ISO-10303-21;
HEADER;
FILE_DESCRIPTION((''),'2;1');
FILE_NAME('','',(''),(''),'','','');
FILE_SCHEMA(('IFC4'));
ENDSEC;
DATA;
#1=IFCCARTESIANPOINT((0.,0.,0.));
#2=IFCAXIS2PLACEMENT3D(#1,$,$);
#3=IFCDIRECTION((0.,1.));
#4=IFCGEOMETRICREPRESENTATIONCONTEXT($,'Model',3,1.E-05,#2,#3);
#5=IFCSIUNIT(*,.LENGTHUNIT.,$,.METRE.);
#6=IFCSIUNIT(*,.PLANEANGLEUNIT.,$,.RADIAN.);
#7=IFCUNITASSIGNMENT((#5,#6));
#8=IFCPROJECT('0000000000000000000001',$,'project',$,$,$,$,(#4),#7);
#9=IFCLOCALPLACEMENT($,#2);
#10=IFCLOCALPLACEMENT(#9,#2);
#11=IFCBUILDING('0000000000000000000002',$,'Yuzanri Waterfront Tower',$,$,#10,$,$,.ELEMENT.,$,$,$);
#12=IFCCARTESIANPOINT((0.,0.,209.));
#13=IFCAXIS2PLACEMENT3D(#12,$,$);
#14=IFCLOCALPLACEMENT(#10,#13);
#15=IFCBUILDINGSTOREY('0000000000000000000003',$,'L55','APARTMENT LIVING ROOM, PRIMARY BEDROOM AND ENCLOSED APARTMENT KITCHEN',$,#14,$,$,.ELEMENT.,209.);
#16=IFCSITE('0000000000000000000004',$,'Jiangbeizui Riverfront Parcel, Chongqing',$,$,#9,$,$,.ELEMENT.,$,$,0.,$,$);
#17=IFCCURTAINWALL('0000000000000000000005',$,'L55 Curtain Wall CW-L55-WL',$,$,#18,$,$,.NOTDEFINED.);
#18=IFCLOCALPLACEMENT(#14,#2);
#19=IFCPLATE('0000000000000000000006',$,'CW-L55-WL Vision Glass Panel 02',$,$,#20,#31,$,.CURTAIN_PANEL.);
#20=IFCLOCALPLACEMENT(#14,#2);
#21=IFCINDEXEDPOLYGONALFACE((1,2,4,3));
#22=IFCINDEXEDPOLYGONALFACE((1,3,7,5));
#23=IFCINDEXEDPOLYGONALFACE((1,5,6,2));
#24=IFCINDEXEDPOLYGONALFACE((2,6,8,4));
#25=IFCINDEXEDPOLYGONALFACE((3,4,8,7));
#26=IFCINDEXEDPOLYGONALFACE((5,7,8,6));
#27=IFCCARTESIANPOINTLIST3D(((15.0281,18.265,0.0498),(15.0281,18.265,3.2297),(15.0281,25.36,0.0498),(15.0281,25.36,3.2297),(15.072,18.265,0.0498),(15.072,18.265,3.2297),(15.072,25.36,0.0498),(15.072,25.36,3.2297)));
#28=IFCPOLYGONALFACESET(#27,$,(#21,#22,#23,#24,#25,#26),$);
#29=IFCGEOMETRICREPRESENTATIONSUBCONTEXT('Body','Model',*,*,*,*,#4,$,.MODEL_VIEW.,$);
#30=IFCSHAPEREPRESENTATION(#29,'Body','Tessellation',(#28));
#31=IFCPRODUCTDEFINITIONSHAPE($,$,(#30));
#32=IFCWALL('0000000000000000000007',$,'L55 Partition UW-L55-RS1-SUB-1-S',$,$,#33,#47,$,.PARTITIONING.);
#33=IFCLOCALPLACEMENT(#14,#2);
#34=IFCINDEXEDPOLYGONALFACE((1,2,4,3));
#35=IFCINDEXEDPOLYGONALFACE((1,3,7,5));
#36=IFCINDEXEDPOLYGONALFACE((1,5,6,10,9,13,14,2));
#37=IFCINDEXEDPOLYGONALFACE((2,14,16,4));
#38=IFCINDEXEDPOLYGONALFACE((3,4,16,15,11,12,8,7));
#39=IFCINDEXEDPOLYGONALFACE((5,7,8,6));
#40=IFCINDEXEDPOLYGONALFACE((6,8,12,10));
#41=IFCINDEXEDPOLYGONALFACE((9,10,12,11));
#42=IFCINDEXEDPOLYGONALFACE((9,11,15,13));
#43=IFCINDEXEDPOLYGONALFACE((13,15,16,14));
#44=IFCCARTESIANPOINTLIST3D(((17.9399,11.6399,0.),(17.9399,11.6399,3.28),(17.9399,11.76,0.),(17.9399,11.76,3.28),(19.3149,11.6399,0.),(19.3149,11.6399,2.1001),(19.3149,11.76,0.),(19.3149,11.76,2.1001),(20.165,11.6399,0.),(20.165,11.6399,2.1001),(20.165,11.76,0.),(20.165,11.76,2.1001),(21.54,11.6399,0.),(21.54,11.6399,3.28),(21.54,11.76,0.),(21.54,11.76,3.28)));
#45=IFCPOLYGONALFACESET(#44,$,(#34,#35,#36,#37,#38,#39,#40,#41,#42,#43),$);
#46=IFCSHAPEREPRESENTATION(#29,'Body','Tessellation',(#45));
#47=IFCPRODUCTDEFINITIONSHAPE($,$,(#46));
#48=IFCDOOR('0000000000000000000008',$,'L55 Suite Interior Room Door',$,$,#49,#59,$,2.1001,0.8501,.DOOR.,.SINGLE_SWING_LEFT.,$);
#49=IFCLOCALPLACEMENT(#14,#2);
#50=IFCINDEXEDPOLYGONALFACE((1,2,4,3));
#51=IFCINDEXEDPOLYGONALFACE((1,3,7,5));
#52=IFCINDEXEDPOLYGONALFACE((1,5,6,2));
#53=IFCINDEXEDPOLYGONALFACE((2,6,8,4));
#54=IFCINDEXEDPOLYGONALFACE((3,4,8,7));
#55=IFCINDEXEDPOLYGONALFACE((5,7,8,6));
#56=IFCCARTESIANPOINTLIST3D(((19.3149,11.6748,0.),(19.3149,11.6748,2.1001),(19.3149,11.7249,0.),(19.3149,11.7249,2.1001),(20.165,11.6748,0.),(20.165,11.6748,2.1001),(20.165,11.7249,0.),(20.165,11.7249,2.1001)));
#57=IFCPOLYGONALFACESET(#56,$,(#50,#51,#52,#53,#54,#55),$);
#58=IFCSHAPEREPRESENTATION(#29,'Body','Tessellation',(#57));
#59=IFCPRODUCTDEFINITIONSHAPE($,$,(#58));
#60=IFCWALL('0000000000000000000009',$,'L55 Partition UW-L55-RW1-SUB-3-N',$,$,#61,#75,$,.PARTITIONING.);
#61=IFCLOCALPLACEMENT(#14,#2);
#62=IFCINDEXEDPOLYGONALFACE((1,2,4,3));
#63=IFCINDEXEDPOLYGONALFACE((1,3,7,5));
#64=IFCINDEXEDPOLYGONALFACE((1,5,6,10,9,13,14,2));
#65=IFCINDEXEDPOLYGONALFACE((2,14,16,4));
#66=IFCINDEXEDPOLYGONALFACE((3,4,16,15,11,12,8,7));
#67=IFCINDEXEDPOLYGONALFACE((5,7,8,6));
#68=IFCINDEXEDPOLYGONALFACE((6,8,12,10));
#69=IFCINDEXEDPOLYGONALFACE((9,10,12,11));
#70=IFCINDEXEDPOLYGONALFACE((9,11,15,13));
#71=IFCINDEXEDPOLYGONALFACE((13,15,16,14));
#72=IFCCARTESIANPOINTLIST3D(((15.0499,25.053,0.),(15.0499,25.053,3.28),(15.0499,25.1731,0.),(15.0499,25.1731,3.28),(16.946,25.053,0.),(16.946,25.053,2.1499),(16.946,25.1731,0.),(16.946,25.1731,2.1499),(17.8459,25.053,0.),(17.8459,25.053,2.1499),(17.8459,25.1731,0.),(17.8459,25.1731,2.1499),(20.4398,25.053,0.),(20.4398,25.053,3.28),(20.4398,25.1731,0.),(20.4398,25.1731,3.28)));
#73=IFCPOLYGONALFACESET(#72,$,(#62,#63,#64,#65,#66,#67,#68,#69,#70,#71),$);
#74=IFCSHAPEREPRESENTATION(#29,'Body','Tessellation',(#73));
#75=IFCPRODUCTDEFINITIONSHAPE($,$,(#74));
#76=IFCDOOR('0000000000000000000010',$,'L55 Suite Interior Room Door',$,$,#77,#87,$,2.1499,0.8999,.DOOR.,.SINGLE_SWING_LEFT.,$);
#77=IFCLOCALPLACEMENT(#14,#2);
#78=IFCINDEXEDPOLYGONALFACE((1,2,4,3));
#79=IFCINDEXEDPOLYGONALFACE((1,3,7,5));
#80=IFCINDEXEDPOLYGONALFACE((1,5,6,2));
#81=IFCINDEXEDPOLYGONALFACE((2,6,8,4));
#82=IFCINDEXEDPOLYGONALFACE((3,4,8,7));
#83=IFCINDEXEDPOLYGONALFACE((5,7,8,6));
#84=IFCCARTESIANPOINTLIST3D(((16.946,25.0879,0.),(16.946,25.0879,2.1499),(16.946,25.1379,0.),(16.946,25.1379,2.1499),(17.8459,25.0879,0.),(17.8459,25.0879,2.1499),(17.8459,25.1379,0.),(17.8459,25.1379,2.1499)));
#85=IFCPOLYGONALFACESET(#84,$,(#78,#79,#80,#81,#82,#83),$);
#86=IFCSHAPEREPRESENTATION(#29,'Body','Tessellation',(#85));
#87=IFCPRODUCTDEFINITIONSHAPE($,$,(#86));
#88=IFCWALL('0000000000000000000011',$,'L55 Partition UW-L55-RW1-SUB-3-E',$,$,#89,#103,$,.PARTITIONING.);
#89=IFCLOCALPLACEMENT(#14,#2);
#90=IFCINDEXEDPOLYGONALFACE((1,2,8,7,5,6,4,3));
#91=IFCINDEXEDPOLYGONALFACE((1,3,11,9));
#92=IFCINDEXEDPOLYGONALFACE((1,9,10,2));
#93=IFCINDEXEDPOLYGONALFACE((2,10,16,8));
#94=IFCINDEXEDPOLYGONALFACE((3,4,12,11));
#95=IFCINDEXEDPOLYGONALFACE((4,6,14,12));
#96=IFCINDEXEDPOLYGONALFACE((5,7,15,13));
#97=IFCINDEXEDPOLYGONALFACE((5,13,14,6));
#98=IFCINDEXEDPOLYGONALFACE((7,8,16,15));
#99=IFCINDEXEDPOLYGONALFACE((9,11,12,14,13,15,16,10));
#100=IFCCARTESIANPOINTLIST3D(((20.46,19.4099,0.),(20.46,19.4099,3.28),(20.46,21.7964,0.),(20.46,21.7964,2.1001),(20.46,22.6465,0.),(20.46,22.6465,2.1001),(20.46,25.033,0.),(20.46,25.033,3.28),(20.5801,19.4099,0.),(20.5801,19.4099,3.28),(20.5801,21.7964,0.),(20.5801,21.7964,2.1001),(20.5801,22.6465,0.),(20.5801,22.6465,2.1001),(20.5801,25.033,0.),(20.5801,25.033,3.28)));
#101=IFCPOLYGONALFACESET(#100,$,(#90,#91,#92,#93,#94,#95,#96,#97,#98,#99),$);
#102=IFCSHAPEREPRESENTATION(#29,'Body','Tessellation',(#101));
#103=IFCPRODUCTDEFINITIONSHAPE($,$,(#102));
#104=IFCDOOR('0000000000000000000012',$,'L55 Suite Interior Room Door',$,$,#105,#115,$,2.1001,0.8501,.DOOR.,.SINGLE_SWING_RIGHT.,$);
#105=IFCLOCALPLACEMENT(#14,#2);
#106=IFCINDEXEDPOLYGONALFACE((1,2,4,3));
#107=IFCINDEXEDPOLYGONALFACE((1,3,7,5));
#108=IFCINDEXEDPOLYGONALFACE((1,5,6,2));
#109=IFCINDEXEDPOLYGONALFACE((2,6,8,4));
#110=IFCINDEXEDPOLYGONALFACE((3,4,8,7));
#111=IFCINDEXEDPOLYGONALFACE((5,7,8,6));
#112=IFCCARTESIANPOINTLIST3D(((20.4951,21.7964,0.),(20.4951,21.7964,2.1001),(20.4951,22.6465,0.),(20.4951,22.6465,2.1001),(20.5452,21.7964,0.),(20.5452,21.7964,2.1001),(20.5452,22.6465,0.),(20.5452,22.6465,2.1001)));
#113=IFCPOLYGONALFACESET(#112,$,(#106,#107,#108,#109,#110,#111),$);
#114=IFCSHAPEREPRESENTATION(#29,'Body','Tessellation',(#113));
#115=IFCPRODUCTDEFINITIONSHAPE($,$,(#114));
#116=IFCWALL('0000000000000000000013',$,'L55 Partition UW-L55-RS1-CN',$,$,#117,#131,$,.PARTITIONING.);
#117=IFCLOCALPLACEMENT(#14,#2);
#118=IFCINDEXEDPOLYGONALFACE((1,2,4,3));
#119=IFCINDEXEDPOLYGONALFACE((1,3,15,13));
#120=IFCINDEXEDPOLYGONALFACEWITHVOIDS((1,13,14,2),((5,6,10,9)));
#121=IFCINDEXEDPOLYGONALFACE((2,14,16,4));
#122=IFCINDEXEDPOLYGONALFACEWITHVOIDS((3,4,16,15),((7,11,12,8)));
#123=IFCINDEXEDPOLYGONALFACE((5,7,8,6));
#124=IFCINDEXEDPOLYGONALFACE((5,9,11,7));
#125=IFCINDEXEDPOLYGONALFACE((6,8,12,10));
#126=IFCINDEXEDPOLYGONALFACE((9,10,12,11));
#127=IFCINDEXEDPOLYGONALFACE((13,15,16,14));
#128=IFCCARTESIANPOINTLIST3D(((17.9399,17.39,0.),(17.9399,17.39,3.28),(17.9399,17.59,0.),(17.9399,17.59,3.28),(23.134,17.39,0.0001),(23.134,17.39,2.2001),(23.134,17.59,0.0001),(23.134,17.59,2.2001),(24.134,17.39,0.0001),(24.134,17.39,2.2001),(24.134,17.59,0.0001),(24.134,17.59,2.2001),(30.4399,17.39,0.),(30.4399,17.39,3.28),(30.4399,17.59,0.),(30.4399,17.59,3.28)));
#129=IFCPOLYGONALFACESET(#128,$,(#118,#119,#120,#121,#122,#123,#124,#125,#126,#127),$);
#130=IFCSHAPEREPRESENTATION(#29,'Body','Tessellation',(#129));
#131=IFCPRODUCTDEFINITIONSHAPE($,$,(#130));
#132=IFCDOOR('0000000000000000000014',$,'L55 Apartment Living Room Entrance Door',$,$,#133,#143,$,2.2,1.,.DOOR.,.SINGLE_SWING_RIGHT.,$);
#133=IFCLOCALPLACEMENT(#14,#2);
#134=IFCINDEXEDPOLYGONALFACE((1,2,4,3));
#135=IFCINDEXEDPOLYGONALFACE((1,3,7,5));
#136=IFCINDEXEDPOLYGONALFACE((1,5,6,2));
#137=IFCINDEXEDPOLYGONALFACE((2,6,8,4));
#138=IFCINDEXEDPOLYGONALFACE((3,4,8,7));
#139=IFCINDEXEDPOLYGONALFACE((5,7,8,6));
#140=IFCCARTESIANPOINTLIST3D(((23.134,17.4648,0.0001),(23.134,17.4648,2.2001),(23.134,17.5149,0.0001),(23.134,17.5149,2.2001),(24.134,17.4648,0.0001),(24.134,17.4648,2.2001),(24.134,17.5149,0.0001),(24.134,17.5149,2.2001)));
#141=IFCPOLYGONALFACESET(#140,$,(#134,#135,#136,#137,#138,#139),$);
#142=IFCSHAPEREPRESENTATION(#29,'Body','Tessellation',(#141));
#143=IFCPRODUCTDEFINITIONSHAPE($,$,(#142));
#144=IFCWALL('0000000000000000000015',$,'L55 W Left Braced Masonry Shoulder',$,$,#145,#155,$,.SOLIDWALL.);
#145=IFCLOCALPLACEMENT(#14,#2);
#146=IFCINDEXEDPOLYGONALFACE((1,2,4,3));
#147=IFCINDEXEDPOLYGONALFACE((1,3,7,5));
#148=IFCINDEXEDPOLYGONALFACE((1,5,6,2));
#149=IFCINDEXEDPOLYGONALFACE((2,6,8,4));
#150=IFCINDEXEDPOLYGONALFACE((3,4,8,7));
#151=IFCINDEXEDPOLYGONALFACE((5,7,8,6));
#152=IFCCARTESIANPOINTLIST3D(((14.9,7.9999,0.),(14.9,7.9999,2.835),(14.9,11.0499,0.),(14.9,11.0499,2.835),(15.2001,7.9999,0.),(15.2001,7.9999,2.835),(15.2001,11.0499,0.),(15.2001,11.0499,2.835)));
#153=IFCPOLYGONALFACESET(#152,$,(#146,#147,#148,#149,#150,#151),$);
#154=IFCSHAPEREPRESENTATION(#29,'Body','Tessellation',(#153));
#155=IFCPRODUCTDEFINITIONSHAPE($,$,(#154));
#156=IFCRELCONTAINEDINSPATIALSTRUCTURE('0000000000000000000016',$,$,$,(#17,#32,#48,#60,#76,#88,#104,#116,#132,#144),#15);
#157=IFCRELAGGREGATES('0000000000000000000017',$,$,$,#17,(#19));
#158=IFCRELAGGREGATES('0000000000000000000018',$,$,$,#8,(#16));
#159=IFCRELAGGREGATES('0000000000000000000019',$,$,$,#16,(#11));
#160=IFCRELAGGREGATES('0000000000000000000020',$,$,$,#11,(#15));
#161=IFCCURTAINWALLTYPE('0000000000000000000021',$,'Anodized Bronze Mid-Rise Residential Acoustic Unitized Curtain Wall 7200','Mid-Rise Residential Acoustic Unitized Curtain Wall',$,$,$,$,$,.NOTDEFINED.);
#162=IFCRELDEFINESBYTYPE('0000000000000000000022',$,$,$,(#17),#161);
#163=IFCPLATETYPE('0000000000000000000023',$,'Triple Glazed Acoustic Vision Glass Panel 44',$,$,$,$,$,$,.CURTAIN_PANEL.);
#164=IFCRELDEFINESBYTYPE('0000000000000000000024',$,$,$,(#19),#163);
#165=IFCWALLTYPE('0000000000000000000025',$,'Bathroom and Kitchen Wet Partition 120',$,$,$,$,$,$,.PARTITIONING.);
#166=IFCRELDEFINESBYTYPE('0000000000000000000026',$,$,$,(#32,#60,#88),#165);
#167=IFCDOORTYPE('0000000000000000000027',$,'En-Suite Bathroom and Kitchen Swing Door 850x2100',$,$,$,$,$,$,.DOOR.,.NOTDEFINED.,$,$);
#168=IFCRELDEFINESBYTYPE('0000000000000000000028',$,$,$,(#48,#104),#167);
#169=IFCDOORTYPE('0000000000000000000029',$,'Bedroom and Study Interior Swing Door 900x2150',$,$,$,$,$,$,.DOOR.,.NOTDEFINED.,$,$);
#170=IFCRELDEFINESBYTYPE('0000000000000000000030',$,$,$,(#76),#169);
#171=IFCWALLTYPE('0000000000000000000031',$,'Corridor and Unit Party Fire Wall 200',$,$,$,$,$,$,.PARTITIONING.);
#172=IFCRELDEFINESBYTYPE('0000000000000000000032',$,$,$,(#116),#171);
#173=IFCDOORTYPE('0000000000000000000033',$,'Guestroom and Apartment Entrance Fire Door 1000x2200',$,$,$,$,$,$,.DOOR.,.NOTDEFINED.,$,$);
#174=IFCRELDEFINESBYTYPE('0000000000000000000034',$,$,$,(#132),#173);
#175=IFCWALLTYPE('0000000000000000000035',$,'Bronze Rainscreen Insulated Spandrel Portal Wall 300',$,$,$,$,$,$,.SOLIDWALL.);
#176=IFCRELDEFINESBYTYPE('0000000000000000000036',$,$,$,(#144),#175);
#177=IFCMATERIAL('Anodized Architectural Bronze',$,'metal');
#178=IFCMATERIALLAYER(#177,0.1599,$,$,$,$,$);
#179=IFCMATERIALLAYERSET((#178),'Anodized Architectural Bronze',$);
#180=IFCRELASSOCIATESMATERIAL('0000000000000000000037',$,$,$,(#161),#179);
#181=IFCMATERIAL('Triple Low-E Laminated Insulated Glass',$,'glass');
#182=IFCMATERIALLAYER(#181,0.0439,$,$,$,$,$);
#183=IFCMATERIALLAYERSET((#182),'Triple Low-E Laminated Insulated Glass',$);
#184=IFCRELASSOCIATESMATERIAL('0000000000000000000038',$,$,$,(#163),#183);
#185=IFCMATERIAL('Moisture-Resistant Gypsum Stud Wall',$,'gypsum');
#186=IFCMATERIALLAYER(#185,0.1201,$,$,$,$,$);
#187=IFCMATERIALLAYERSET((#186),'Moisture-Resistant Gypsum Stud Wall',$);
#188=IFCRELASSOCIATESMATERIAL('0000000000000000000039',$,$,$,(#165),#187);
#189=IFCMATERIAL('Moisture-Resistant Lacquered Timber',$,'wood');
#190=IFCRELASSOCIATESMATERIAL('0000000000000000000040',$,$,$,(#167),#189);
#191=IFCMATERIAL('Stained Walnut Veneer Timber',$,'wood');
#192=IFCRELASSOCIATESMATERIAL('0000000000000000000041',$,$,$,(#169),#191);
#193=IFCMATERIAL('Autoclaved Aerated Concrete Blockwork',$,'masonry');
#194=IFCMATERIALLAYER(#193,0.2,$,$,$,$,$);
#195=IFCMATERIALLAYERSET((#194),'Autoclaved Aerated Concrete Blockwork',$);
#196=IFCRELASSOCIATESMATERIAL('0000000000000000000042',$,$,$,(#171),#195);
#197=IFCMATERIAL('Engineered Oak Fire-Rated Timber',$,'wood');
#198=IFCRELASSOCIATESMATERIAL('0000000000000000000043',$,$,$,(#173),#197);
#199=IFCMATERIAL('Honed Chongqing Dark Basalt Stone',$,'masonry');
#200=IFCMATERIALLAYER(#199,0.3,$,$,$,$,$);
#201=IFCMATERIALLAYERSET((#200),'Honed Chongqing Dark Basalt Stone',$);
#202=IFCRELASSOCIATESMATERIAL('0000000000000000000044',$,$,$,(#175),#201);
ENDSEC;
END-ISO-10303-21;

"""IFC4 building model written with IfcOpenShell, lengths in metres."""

from ifc_helpers import new_model, si_unit, direction, frame, frame_2d, origin, origin_2d, place, context, subcontext, project, spatial, rectangle, extrude, source, transform, mapped, material, layer, layer_set, type_object, element, fill, aggregate, save


model = new_model("IFC4")

# Units and contexts
model_context = context("Model", 3, precision=1e-05, world=origin(), true_north=direction((0.0, 1.0)))
body_context = subcontext(model_context, "Body", "Model", "MODEL_VIEW")
ifc_project = project(units=[si_unit("LENGTHUNIT", "METRE"), si_unit("PLANEANGLEUNIT", "RADIAN")], contexts=[model_context])

# Site, building, storey
site_placement = place(None, origin())
site = spatial("IfcSite", under=ifc_project, at=site_placement, Name="Jiangbeizui Riverfront Parcel, Chongqing", CompositionType="ELEMENT", RefElevation=0.0)
building_placement = place(site_placement, origin())
building = spatial("IfcBuilding", under=site, at=building_placement, Name="Yuzanri Waterfront Tower", CompositionType="ELEMENT")
storey_placement = place(building_placement, frame((0.0, 0.0, 209.0)))
storey = spatial("IfcBuildingStorey", under=building, at=storey_placement, Name="L55", Description="APARTMENT LIVING ROOM, PRIMARY BEDROOM AND ENCLOSED APARTMENT KITCHEN", CompositionType="ELEMENT", Elevation=209.0)

# Curtain wall
ifc_material_1 = material(Name="Anodized Architectural Bronze", Category="metal")
ifc_layer_1 = layer(ifc_material_1, 0.1599)
ifc_layer_set_1 = layer_set([ifc_layer_1], Name="Anodized Architectural Bronze")
curtain_wall_type = type_object("IfcCurtainWallType", Name="Anodized Bronze Mid-Rise Residential Acoustic Unitized Curtain Wall 7200", Description="Mid-Rise Residential Acoustic Unitized Curtain Wall", PredefinedType="NOTDEFINED", material=ifc_layer_set_1)
curtain_wall_placement = place(storey_placement, origin())
curtain_wall = element("IfcCurtainWall", 1, at=curtain_wall_placement, inside=storey, type_object=curtain_wall_type, Name="L55 Curtain Wall CW-L55-WL", PredefinedType="NOTDEFINED")

# Plate
ifc_material_2 = material(Name="Triple Low-E Laminated Insulated Glass", Category="glass")
ifc_layer_2 = layer(ifc_material_2, 0.0439)
ifc_layer_set_2 = layer_set([ifc_layer_2], Name="Triple Low-E Laminated Insulated Glass")
plate_type_1 = type_object("IfcPlateType", Name="Triple Glazed Acoustic Vision Glass Panel 44", PredefinedType="CURTAIN_PANEL", material=ifc_layer_set_2)
shared_shape_1 = source(origin(), body_context, "Body", "SweptSolid", [
    extrude(rectangle(XDim=7.095, YDim=0.0439, at=origin_2d()), origin(), (0.0, 0.0, 1.0), 3.1799),
])
plate_1_placement = place(storey_placement, frame((15.05, 21.8125, 0.0498), z_axis=(0.0, 0.0, 1.0), x_axis=(0.0, 1.0, 0.0)))
plate_1 = element("IfcPlate", 2, at=plate_1_placement, type_object=plate_type_1, Name="CW-L55-WL Vision Glass Panel 02", PredefinedType="CURTAIN_PANEL", context=body_context, shape_type="MappedRepresentation", body=[
    mapped(shared_shape_1, transform((0.0, 0.0, 0.0), scale=1.0)),
])
aggregate(curtain_wall, [plate_1])

# Walls, openings, doors
ifc_material_3 = material(Name="Moisture-Resistant Gypsum Stud Wall", Category="gypsum")
ifc_layer_3 = layer(ifc_material_3, 0.1201)
ifc_layer_set_3 = layer_set([ifc_layer_3], Name="Moisture-Resistant Gypsum Stud Wall")
wall_type_1 = type_object("IfcWallType", Name="Bathroom and Kitchen Wet Partition 120", PredefinedType="PARTITIONING", material=ifc_layer_set_3)
wall_1_placement = place(storey_placement, frame((17.9399, 11.7, 0.0), z_axis=(0.0, 0.0, 1.0), x_axis=(1.0, 0.0, 0.0)))
wall_1 = element("IfcWall", 3, at=wall_1_placement, inside=storey, type_object=wall_type_1, Name="L55 Partition UW-L55-RS1-SUB-1-S", PredefinedType="PARTITIONING", context=body_context, shape_type="SweptSolid", body=[
    extrude(rectangle(XDim=3.6001, YDim=0.1201, at=frame_2d((1.8, 0.0))), origin(), (0.0, 0.0, 1.0), 3.28),
])
opening_1_placement = place(wall_1_placement, frame((1.375, 0.0, 0.0)))
opening_1 = element("IfcOpeningElement", 4, at=opening_1_placement, cuts=wall_1, PredefinedType="OPENING", context=body_context, shape_type="SweptSolid", body=[
    extrude(rectangle(XDim=0.8501, YDim=2.1001, at=frame_2d((0.425, 1.05))), frame((0.0, 0.075, 0.0), z_axis=(0.0, -1.0, 0.0), x_axis=(1.0, 0.0, 0.0)), (0.0, 0.0, 1.0), 0.1499),
])
ifc_material_4 = material(Name="Moisture-Resistant Lacquered Timber", Category="wood")
door_type_1 = type_object("IfcDoorType", Name="En-Suite Bathroom and Kitchen Swing Door 850x2100", OperationType="NOTDEFINED", PredefinedType="DOOR", material=ifc_material_4)
shared_shape_2 = source(origin(), body_context, "Body", "SweptSolid", [
    extrude(rectangle(XDim=0.8501, YDim=2.1001, at=frame_2d((0.425, 1.05))), frame((0.0, 0.0249, 0.0), z_axis=(0.0, -1.0, 0.0), x_axis=(1.0, 0.0, 0.0)), (0.0, 0.0, 1.0), 0.05),
])
door_1_placement = place(opening_1_placement, origin())
door_1 = element("IfcDoor", 5, at=door_1_placement, inside=storey, type_object=door_type_1, Name="L55 Suite Interior Room Door", OperationType="SINGLE_SWING_LEFT", OverallHeight=2.1001, OverallWidth=0.8501, PredefinedType="DOOR", context=body_context, shape_type="MappedRepresentation", body=[
    mapped(shared_shape_2, transform((0.0, 0.0, 0.0), scale=1.0)),
])
fill(opening_1, door_1)
wall_2_placement = place(storey_placement, frame((15.05, 25.113, 0.0), z_axis=(0.0, 0.0, 1.0), x_axis=(1.0, 0.0, 0.0)))
wall_2 = element("IfcWall", 6, at=wall_2_placement, inside=storey, type_object=wall_type_1, Name="L55 Partition UW-L55-RW1-SUB-3-N", PredefinedType="PARTITIONING", context=body_context, shape_type="SweptSolid", body=[
    extrude(rectangle(XDim=5.3899, YDim=0.1201, at=frame_2d((2.6948, 0.0))), origin(), (0.0, 0.0, 1.0), 3.28),
])
opening_2_placement = place(wall_2_placement, frame((1.896, 0.0, 0.0)))
opening_2 = element("IfcOpeningElement", 7, at=opening_2_placement, cuts=wall_2, PredefinedType="OPENING", context=body_context, shape_type="SweptSolid", body=[
    extrude(rectangle(XDim=0.8999, YDim=2.1499, at=frame_2d((0.45, 1.075))), frame((0.0, 0.075, 0.0), z_axis=(0.0, -1.0, 0.0), x_axis=(1.0, 0.0, 0.0)), (0.0, 0.0, 1.0), 0.1499),
])
ifc_material_5 = material(Name="Stained Walnut Veneer Timber", Category="wood")
door_type_2 = type_object("IfcDoorType", Name="Bedroom and Study Interior Swing Door 900x2150", OperationType="NOTDEFINED", PredefinedType="DOOR", material=ifc_material_5)
shared_shape_3 = source(origin(), body_context, "Body", "SweptSolid", [
    extrude(rectangle(XDim=0.8999, YDim=2.1499, at=frame_2d((0.45, 1.075))), frame((0.0, 0.0249, 0.0), z_axis=(0.0, -1.0, 0.0), x_axis=(1.0, 0.0, 0.0)), (0.0, 0.0, 1.0), 0.05),
])
door_2_placement = place(opening_2_placement, origin())
door_2 = element("IfcDoor", 8, at=door_2_placement, inside=storey, type_object=door_type_2, Name="L55 Suite Interior Room Door", OperationType="SINGLE_SWING_LEFT", OverallHeight=2.1499, OverallWidth=0.8999, PredefinedType="DOOR", context=body_context, shape_type="MappedRepresentation", body=[
    mapped(shared_shape_3, transform((0.0, 0.0, 0.0), scale=1.0)),
])
fill(opening_2, door_2)
wall_3_placement = place(storey_placement, frame((20.52, 19.4099, 0.0), z_axis=(0.0, 0.0, 1.0), x_axis=(0.0, 1.0, 0.0)))
wall_3 = element("IfcWall", 9, at=wall_3_placement, inside=storey, type_object=wall_type_1, Name="L55 Partition UW-L55-RW1-SUB-3-E", PredefinedType="PARTITIONING", context=body_context, shape_type="SweptSolid", body=[
    extrude(rectangle(XDim=5.623, YDim=0.1201, at=frame_2d((2.8115, 0.0))), origin(), (0.0, 0.0, 1.0), 3.28),
])
opening_3_placement = place(wall_3_placement, frame((2.3865, 0.0, 0.0)))
opening_3 = element("IfcOpeningElement", 10, at=opening_3_placement, cuts=wall_3, PredefinedType="OPENING", context=body_context, shape_type="SweptSolid", body=[
    extrude(rectangle(XDim=0.8501, YDim=2.1001, at=frame_2d((0.425, 1.05))), frame((0.0, 0.075, 0.0), z_axis=(0.0, -1.0, 0.0), x_axis=(1.0, 0.0, 0.0)), (0.0, 0.0, 1.0), 0.1499),
])
door_3_placement = place(opening_3_placement, origin())
door_3 = element("IfcDoor", 11, at=door_3_placement, inside=storey, type_object=door_type_1, Name="L55 Suite Interior Room Door", OperationType="SINGLE_SWING_RIGHT", OverallHeight=2.1001, OverallWidth=0.8501, PredefinedType="DOOR", context=body_context, shape_type="MappedRepresentation", body=[
    mapped(shared_shape_2, transform((0.0, 0.0, 0.0), scale=1.0)),
])
fill(opening_3, door_3)
ifc_material_6 = material(Name="Autoclaved Aerated Concrete Blockwork", Category="masonry")
ifc_layer_4 = layer(ifc_material_6, 0.2)
ifc_layer_set_4 = layer_set([ifc_layer_4], Name="Autoclaved Aerated Concrete Blockwork")
wall_type_2 = type_object("IfcWallType", Name="Corridor and Unit Party Fire Wall 200", PredefinedType="PARTITIONING", material=ifc_layer_set_4)
wall_4_placement = place(storey_placement, frame((17.9399, 17.49, 0.0), z_axis=(0.0, 0.0, 1.0), x_axis=(1.0, 0.0, 0.0)))
wall_4 = element("IfcWall", 12, at=wall_4_placement, inside=storey, type_object=wall_type_2, Name="L55 Partition UW-L55-RS1-CN", PredefinedType="PARTITIONING", context=body_context, shape_type="SweptSolid", body=[
    extrude(rectangle(XDim=12.5, YDim=0.2, at=frame_2d((6.25, 0.0))), origin(), (0.0, 0.0, 1.0), 3.28),
])
opening_4_placement = place(wall_4_placement, frame((5.1941, 0.0, 0.0)))
opening_4 = element("IfcOpeningElement", 13, at=opening_4_placement, cuts=wall_4, PredefinedType="OPENING", context=body_context, shape_type="SweptSolid", body=[
    extrude(rectangle(XDim=1.0, YDim=2.2, at=frame_2d((0.5, 1.1001))), frame((0.0, 0.1147, 0.0), z_axis=(0.0, -1.0, 0.0), x_axis=(1.0, 0.0, 0.0)), (0.0, 0.0, 1.0), 0.2297),
])
ifc_material_7 = material(Name="Engineered Oak Fire-Rated Timber", Category="wood")
door_type_3 = type_object("IfcDoorType", Name="Guestroom and Apartment Entrance Fire Door 1000x2200", OperationType="NOTDEFINED", PredefinedType="DOOR", material=ifc_material_7)
shared_shape_4 = source(origin(), body_context, "Body", "SweptSolid", [
    extrude(rectangle(XDim=1.0, YDim=2.2, at=frame_2d((0.5, 1.1001))), frame((0.0, 0.0249, 0.0), z_axis=(0.0, -1.0, 0.0), x_axis=(1.0, 0.0, 0.0)), (0.0, 0.0, 1.0), 0.05),
])
door_4_placement = place(opening_4_placement, origin())
door_4 = element("IfcDoor", 14, at=door_4_placement, inside=storey, type_object=door_type_3, Name="L55 Apartment Living Room Entrance Door", OperationType="SINGLE_SWING_RIGHT", OverallHeight=2.2, OverallWidth=1.0, PredefinedType="DOOR", context=body_context, shape_type="MappedRepresentation", body=[
    mapped(shared_shape_4, transform((0.0, 0.0, 0.0), scale=1.0)),
])
fill(opening_4, door_4)

# Wall
ifc_material_8 = material(Name="Honed Chongqing Dark Basalt Stone", Category="masonry")
ifc_layer_5 = layer(ifc_material_8, 0.3)
ifc_layer_set_5 = layer_set([ifc_layer_5], Name="Honed Chongqing Dark Basalt Stone")
wall_type_3 = type_object("IfcWallType", Name="Bronze Rainscreen Insulated Spandrel Portal Wall 300", PredefinedType="SOLIDWALL", material=ifc_layer_set_5)
shared_shape_5 = source(origin(), body_context, "Body", "SweptSolid", [
    extrude(rectangle(XDim=3.05, YDim=0.3, at=frame_2d((1.5249, 0.0))), origin(), (0.0, 0.0, 1.0), 2.835),
])
wall_5_placement = place(storey_placement, frame((15.05, 8.0, 0.0), z_axis=(0.0, 0.0, 1.0), x_axis=(0.0, 1.0, 0.0)))
element("IfcWall", 15, at=wall_5_placement, inside=storey, type_object=wall_type_3, Name="L55 W Left Braced Masonry Shoulder", PredefinedType="SOLIDWALL", context=body_context, shape_type="MappedRepresentation", body=[
    mapped(shared_shape_5, transform((0.0, 0.0, 0.0), scale=1.0)),
])

save(model, "model.ifc")
